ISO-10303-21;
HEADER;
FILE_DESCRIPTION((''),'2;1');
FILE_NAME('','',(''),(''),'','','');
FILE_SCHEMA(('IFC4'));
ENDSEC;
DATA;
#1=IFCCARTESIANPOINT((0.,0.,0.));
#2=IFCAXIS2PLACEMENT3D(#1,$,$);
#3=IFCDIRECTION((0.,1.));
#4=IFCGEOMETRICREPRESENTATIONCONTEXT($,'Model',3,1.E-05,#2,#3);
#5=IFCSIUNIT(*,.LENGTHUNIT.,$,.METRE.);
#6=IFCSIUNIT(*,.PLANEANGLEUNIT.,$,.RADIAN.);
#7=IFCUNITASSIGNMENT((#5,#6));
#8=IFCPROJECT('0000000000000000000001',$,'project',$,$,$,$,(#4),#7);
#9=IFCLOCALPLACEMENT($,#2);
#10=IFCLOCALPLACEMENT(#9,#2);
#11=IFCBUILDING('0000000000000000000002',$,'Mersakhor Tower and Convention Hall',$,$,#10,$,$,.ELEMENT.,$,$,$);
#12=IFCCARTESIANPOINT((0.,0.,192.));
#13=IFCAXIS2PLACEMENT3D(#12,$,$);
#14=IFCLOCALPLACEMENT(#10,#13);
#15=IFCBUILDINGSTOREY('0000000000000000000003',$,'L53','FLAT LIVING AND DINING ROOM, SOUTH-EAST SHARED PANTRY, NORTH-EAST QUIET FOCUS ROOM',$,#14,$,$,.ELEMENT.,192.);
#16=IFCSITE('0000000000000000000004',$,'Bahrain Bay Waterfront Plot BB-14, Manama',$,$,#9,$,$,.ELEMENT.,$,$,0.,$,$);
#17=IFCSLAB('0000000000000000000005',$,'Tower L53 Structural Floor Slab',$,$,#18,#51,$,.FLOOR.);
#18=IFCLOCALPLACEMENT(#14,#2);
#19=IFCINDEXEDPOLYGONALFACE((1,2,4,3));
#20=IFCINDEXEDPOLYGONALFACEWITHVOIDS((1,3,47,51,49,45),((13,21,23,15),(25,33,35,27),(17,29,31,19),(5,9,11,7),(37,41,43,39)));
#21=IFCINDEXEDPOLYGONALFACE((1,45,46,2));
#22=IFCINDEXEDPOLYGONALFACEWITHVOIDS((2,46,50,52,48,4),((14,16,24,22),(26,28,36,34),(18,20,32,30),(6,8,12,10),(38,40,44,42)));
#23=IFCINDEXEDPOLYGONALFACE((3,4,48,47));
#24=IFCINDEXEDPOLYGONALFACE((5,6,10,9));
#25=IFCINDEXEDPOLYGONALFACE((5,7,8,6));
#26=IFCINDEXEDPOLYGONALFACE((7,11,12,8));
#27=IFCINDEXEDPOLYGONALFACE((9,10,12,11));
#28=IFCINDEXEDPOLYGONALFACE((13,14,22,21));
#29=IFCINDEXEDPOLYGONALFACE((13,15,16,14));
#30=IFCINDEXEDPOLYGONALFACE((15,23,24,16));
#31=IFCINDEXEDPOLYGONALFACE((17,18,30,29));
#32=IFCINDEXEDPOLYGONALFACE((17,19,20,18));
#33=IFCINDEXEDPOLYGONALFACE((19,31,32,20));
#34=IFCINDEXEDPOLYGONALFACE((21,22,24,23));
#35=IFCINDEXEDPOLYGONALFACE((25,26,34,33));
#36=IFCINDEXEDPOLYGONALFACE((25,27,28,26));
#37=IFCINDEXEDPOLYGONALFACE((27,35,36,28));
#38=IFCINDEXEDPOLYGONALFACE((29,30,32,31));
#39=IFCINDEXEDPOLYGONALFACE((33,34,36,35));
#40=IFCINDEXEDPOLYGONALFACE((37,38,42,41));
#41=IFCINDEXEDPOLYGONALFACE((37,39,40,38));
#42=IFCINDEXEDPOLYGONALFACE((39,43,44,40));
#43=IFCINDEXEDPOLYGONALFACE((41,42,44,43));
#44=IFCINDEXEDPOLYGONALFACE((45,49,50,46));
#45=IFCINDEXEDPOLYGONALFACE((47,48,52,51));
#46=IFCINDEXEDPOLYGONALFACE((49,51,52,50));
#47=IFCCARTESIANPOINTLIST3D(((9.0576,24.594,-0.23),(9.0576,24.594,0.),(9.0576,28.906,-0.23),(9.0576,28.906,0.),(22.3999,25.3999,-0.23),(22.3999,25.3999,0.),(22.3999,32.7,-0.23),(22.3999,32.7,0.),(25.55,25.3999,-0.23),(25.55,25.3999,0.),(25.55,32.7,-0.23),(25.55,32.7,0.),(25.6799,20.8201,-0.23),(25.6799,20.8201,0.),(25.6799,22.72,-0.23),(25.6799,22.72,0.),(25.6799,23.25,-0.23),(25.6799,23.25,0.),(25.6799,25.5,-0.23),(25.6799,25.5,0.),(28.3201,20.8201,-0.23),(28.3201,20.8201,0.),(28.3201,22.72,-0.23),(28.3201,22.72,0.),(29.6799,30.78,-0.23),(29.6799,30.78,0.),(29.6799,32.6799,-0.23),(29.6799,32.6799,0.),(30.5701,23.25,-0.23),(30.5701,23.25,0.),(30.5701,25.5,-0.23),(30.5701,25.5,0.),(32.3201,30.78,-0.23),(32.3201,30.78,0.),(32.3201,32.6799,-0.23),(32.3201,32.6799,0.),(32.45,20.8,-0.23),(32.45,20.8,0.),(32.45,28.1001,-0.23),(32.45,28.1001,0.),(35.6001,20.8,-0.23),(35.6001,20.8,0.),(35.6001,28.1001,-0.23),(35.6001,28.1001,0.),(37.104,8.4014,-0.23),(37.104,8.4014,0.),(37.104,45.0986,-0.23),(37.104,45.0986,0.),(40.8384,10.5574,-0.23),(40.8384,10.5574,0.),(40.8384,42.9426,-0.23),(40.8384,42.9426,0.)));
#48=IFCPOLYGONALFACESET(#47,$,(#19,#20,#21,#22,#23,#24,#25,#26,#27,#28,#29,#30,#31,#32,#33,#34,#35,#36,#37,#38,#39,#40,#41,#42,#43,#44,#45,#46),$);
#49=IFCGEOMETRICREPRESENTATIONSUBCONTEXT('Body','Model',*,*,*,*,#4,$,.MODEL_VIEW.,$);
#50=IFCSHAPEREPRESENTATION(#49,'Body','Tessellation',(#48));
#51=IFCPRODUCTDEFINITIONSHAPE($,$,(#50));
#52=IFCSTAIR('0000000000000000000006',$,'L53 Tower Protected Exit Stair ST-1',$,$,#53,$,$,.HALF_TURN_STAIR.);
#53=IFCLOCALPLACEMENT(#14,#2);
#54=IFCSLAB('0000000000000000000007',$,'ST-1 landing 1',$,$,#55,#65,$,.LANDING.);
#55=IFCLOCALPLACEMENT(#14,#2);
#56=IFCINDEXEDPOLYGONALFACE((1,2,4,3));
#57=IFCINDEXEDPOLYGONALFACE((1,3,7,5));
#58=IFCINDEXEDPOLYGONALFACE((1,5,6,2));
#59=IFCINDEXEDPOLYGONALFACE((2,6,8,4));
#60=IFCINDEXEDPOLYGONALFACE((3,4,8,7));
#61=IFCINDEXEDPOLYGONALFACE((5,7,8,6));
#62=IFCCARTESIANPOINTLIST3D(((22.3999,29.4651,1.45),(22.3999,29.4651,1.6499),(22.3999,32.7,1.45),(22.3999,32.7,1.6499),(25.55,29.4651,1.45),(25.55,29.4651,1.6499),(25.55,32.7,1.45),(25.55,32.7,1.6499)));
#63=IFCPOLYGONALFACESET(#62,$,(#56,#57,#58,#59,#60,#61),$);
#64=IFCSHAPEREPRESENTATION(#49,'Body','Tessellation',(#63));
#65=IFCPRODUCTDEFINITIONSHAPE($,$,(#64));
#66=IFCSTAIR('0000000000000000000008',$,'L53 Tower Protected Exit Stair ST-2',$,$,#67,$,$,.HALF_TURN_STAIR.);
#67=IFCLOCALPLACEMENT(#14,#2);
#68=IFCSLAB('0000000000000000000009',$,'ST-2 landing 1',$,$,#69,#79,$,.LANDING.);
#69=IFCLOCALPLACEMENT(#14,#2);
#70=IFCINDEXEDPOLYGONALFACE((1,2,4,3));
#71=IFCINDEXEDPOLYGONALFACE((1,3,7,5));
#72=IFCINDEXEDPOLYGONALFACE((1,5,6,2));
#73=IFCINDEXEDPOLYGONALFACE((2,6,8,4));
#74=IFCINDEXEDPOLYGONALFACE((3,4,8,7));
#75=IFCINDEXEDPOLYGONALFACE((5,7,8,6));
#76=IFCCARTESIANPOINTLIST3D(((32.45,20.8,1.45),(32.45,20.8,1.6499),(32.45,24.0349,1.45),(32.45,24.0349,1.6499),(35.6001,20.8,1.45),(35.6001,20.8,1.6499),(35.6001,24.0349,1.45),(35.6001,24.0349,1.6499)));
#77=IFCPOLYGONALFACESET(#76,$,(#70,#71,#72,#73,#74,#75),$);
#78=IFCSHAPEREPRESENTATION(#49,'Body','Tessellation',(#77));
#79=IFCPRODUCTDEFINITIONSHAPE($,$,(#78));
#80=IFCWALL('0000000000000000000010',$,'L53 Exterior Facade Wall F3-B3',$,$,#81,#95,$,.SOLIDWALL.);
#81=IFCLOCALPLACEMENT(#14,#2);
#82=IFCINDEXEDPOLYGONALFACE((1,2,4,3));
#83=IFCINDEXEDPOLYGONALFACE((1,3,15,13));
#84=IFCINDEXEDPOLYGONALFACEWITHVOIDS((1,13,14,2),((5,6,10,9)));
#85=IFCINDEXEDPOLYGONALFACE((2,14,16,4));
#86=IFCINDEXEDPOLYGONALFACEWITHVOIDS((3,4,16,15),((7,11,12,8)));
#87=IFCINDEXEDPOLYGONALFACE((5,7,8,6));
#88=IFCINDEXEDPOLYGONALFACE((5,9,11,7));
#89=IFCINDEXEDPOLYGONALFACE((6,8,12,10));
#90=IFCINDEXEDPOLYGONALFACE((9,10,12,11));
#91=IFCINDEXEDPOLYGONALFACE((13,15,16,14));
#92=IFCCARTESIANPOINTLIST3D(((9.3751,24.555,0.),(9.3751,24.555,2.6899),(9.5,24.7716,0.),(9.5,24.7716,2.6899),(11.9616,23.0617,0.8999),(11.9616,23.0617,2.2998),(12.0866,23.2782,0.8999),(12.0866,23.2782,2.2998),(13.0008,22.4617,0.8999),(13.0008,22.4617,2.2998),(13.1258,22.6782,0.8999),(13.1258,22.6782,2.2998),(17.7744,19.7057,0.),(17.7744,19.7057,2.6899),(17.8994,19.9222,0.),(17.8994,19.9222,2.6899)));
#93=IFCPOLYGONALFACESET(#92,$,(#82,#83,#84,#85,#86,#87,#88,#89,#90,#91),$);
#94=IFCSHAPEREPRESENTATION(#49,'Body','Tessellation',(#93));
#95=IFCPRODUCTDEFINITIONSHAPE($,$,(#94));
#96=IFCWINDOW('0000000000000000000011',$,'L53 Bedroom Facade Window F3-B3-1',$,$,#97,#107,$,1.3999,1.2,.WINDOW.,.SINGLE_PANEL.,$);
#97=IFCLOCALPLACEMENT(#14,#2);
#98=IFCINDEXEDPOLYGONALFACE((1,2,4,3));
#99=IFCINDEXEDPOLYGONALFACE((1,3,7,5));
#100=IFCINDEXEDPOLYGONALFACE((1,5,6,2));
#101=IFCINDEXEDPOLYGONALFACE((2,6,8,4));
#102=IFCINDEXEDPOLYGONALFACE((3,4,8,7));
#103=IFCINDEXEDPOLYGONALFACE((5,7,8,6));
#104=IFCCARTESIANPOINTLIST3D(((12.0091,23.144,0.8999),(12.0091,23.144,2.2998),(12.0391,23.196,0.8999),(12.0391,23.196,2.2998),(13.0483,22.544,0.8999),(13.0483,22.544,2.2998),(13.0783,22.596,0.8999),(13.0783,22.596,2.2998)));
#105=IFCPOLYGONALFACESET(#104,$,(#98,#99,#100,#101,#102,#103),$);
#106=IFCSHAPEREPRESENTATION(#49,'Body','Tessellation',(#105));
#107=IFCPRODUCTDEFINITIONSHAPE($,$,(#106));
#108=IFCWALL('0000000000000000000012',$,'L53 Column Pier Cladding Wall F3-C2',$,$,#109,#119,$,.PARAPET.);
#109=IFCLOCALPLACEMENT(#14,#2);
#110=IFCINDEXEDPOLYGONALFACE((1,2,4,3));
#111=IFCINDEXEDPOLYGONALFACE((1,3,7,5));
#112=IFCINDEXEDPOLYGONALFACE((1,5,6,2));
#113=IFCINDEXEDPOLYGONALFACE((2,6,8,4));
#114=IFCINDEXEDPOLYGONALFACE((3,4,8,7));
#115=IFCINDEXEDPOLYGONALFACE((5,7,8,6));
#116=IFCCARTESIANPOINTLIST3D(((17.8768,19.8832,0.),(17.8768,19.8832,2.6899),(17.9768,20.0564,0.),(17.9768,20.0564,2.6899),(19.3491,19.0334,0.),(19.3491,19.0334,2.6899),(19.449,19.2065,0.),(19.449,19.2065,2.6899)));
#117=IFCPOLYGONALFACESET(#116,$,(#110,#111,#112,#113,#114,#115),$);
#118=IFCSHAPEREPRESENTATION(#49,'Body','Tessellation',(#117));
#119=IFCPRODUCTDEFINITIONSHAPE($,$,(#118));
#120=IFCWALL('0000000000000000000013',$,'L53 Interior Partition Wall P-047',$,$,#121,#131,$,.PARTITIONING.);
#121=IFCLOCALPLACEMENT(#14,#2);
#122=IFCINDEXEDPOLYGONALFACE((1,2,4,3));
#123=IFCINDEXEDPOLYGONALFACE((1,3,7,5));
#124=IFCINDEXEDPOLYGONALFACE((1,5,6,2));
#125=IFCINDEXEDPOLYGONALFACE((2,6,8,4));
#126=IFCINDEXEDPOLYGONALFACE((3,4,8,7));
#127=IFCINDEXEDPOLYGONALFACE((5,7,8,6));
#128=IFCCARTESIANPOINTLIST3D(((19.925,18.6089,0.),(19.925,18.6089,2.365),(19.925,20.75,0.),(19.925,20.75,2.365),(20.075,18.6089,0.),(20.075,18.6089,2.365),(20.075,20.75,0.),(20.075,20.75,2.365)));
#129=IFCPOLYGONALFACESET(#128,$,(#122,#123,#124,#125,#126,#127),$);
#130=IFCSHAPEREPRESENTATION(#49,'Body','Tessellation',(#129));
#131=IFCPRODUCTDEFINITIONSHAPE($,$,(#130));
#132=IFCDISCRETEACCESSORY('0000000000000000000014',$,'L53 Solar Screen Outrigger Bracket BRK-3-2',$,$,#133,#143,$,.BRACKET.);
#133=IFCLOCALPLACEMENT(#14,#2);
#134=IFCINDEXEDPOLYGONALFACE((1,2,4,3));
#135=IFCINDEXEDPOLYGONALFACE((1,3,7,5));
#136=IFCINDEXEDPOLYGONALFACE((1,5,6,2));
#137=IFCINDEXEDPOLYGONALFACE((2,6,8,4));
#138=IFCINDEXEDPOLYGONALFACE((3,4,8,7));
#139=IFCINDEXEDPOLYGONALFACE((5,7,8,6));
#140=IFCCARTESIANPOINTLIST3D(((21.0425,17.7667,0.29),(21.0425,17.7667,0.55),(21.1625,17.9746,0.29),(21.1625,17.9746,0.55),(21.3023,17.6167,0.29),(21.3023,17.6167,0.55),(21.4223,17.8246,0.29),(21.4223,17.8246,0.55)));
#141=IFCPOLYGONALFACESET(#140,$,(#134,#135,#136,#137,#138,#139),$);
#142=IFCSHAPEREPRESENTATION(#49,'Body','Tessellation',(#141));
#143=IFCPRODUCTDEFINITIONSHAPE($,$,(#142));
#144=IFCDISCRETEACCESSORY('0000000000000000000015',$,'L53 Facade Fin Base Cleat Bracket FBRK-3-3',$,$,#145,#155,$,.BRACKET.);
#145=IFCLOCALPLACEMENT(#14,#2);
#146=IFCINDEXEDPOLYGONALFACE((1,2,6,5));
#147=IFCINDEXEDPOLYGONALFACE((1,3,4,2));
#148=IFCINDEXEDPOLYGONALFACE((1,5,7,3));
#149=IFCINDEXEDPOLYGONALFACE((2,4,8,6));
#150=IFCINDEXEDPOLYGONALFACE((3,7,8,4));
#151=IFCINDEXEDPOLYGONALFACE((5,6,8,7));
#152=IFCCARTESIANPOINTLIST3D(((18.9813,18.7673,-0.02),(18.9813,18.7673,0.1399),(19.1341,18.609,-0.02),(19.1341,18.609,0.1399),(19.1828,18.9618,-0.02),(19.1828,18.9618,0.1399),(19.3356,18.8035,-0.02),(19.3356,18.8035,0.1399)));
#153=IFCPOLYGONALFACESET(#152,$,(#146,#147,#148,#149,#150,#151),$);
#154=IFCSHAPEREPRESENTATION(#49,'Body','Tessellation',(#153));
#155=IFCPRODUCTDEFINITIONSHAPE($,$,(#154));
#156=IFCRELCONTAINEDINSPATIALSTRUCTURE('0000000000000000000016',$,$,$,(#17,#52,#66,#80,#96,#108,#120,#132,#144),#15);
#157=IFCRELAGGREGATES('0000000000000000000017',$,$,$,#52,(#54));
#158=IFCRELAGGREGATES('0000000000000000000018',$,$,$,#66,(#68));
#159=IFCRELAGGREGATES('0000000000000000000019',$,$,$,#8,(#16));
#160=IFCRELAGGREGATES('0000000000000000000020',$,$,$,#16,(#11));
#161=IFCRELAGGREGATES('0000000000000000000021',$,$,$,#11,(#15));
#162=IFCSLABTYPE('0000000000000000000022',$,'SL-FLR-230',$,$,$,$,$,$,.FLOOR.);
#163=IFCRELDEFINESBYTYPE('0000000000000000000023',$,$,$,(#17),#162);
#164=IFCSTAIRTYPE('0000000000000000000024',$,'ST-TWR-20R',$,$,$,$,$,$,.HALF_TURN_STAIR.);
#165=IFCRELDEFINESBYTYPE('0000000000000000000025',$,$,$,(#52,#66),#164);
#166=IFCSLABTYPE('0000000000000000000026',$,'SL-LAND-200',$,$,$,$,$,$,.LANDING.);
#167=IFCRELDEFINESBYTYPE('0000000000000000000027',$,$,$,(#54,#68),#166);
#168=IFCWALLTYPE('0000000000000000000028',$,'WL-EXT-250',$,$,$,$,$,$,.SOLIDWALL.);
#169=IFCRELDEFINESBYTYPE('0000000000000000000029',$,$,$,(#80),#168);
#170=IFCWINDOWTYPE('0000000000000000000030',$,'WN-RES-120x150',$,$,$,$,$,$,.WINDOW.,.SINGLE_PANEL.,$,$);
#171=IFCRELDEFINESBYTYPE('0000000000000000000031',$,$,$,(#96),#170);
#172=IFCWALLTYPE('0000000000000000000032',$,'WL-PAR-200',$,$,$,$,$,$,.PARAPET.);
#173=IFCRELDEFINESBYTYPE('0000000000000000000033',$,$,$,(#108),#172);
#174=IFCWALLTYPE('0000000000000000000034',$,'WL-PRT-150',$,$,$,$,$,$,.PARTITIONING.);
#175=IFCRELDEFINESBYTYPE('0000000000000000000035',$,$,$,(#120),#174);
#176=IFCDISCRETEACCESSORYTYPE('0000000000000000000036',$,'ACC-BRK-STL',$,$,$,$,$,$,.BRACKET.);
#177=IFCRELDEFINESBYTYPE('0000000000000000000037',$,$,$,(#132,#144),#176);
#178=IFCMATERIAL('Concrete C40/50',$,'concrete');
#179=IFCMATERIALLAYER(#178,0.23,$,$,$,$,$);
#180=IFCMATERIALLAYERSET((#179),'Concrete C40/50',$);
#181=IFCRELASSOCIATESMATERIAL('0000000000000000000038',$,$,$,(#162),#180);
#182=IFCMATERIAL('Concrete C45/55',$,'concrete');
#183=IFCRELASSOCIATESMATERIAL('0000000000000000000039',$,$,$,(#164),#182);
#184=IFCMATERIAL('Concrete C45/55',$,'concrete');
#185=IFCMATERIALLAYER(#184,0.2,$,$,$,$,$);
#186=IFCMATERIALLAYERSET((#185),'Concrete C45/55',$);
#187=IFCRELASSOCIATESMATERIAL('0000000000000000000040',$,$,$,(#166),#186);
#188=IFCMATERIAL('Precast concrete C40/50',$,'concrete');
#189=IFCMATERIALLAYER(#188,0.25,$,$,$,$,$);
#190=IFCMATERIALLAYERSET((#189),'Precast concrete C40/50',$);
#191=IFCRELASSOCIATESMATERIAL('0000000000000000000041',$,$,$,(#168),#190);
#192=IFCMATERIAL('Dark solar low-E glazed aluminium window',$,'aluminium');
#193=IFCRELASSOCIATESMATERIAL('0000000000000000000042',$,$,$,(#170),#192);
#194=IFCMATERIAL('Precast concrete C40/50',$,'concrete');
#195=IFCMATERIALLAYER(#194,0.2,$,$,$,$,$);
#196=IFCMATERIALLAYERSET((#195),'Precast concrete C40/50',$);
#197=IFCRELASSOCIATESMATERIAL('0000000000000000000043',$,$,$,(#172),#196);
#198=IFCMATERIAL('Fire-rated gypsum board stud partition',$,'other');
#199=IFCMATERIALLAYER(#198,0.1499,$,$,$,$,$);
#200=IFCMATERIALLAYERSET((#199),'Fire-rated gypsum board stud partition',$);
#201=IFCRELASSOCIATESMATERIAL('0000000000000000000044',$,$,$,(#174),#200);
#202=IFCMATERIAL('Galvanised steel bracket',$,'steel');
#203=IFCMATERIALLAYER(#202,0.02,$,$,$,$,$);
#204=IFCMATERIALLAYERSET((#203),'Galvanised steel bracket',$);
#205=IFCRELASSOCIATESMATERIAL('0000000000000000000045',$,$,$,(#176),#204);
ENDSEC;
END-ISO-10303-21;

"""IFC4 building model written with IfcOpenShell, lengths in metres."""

from ifc_helpers import new_model, si_unit, direction, frame, frame_2d, origin, origin_2d, place, context, subcontext, project, spatial, polyline, rectangle, outline, extrude, material, layer, layer_set, type_object, element, fill, aggregate, save


model = new_model("IFC4")

# Units and contexts
model_context = context("Model", 3, precision=1e-05, world=origin(), true_north=direction((0.0, 1.0)))
body_context = subcontext(model_context, "Body", "Model", "MODEL_VIEW")
ifc_project = project(units=[si_unit("LENGTHUNIT", "METRE"), si_unit("PLANEANGLEUNIT", "RADIAN")], contexts=[model_context])

# Site, building, storey
site_placement = place(None, origin())
site = spatial("IfcSite", under=ifc_project, at=site_placement, Name="Bahrain Bay Waterfront Plot BB-14, Manama", CompositionType="ELEMENT", RefElevation=0.0)
building_placement = place(site_placement, origin())
building = spatial("IfcBuilding", under=site, at=building_placement, Name="Mersakhor Tower and Convention Hall", CompositionType="ELEMENT")
storey_placement = place(building_placement, frame((0.0, 0.0, 192.0)))
storey = spatial("IfcBuildingStorey", under=building, at=storey_placement, Name="L53", Description="FLAT LIVING AND DINING ROOM, SOUTH-EAST SHARED PANTRY, NORTH-EAST QUIET FOCUS ROOM", CompositionType="ELEMENT", Elevation=192.0)

# Slab
ifc_material_1 = material(Name="Concrete C40/50", Category="concrete")
ifc_layer_1 = layer(ifc_material_1, 0.23)
ifc_layer_set_1 = layer_set([ifc_layer_1], Name="Concrete C40/50")
slab_type_1 = type_object("IfcSlabType", Name="SL-FLR-230", PredefinedType="FLOOR", material=ifc_layer_set_1)
slab_1_placement = place(storey_placement, frame((0.0, 0.0, -0.23)))
element("IfcSlab", 1, at=slab_1_placement, inside=storey, type_object=slab_type_1, Name="Tower L53 Structural Floor Slab", PredefinedType="FLOOR", context=body_context, shape_type="SweptSolid", body=[
    extrude(outline(polyline([(9.0576, 28.906), (37.104, 45.0986), (40.8384, 42.9426), (40.8384, 10.5574), (37.104, 8.4014), (9.0576, 24.594), (9.0576, 28.906)]), holes=[polyline([(25.55, 25.3999), (25.55, 32.7), (22.3999, 32.7), (22.3999, 25.3999), (25.55, 25.3999)]), polyline([(32.45, 28.1001), (32.45, 20.8), (35.6001, 20.8), (35.6001, 28.1001), (32.45, 28.1001)]), polyline([(25.6799, 20.8201), (25.6799, 22.72), (28.3201, 22.72), (28.3201, 20.8201), (25.6799, 20.8201)]), polyline([(29.6799, 30.78), (29.6799, 32.6799), (32.3201, 32.6799), (32.3201, 30.78), (29.6799, 30.78)]), polyline([(25.6799, 23.25), (25.6799, 25.5), (30.5701, 25.5), (30.5701, 23.25), (25.6799, 23.25)])]), origin(), (0.0, 0.0, 1.0), 0.23),
])

# Stairs, slabs
ifc_material_2 = material(Name="Concrete C45/55", Category="concrete")
stair_type = type_object("IfcStairType", Name="ST-TWR-20R", PredefinedType="HALF_TURN_STAIR", material=ifc_material_2)
stair_1_placement = place(storey_placement, origin())
stair_1 = element("IfcStair", 2, at=stair_1_placement, inside=storey, type_object=stair_type, Name="L53 Tower Protected Exit Stair ST-1", PredefinedType="HALF_TURN_STAIR")
ifc_material_3 = material(Name="Concrete C45/55", Category="concrete")
ifc_layer_2 = layer(ifc_material_3, 0.2)
ifc_layer_set_2 = layer_set([ifc_layer_2], Name="Concrete C45/55")
slab_type_2 = type_object("IfcSlabType", Name="SL-LAND-200", PredefinedType="LANDING", material=ifc_layer_set_2)
slab_2_placement = place(storey_placement, frame((0.0, 0.0, 1.45)))
slab_2 = element("IfcSlab", 3, at=slab_2_placement, type_object=slab_type_2, Name="ST-1 landing 1", PredefinedType="LANDING", context=body_context, shape_type="SweptSolid", body=[
    extrude(outline(polyline([(25.55, 29.4651), (25.55, 32.7), (22.3999, 32.7), (22.3999, 29.4651), (25.55, 29.4651)])), origin(), (0.0, 0.0, 1.0), 0.2),
])
aggregate(stair_1, [slab_2])
stair_2_placement = place(storey_placement, origin())
stair_2 = element("IfcStair", 4, at=stair_2_placement, inside=storey, type_object=stair_type, Name="L53 Tower Protected Exit Stair ST-2", PredefinedType="HALF_TURN_STAIR")
slab_3_placement = place(storey_placement, frame((0.0, 0.0, 1.45)))
slab_3 = element("IfcSlab", 5, at=slab_3_placement, type_object=slab_type_2, Name="ST-2 landing 1", PredefinedType="LANDING", context=body_context, shape_type="SweptSolid", body=[
    extrude(outline(polyline([(32.45, 24.0349), (32.45, 20.8), (35.6001, 20.8), (35.6001, 24.0349), (32.45, 24.0349)])), origin(), (0.0, 0.0, 1.0), 0.2),
])
aggregate(stair_2, [slab_3])

# Wall, opening, window
ifc_material_4 = material(Name="Precast concrete C40/50", Category="concrete")
ifc_layer_3 = layer(ifc_material_4, 0.25)
ifc_layer_set_3 = layer_set([ifc_layer_3], Name="Precast concrete C40/50")
wall_type_1 = type_object("IfcWallType", Name="WL-EXT-250", PredefinedType="SOLIDWALL", material=ifc_layer_set_3)
wall_1_placement = place(storey_placement, frame((17.8369, 19.814, 0.0), z_axis=(0.0, 0.0, 1.0), x_axis=(-0.866027, 0.499997, 0.0)))
wall_1 = element("IfcWall", 6, at=wall_1_placement, inside=storey, type_object=wall_type_1, Name="L53 Exterior Facade Wall F3-B3", PredefinedType="SOLIDWALL", context=body_context, shape_type="SweptSolid", body=[
    extrude(rectangle(XDim=9.6987, YDim=0.25, at=frame_2d((4.8494, 0.0))), origin(), (0.0, 0.0, 1.0), 2.6899),
])
opening_placement = place(wall_1_placement, frame((5.512, 0.0, 0.8999)))
opening = element("IfcOpeningElement", 7, at=opening_placement, cuts=wall_1, PredefinedType="OPENING", context=body_context, shape_type="SweptSolid", body=[
    extrude(rectangle(XDim=1.2, YDim=1.3999, at=frame_2d((0.6001, 0.7))), frame((0.0, 0.135, 0.0), z_axis=(0.0, -1.0, 0.0), x_axis=(1.0, 0.0, 0.0)), (0.0, 0.0, 1.0), 0.27),
])
ifc_material_5 = material(Name="Dark solar low-E glazed aluminium window", Category="aluminium")
window_type = type_object("IfcWindowType", Name="WN-RES-120x150", PartitioningType="SINGLE_PANEL", PredefinedType="WINDOW", material=ifc_material_5)
window_placement = place(opening_placement, origin())
window = element("IfcWindow", 8, at=window_placement, inside=storey, type_object=window_type, Name="L53 Bedroom Facade Window F3-B3-1", OverallHeight=1.3999, OverallWidth=1.2, PartitioningType="SINGLE_PANEL", PredefinedType="WINDOW", context=body_context, shape_type="SweptSolid", body=[
    extrude(rectangle(XDim=1.2, YDim=1.3999, at=frame_2d((0.6001, 0.7))), frame((0.0, 0.03, 0.0), z_axis=(0.0, -1.0, 0.0), x_axis=(1.0, 0.0, 0.0)), (0.0, 0.0, 1.0), 0.0601),
])
fill(opening, window)

# Walls
ifc_material_6 = material(Name="Precast concrete C40/50", Category="concrete")
ifc_layer_4 = layer(ifc_material_6, 0.2)
ifc_layer_set_4 = layer_set([ifc_layer_4], Name="Precast concrete C40/50")
wall_type_2 = type_object("IfcWallType", Name="WL-PAR-200", PredefinedType="PARAPET", material=ifc_layer_set_4)
wall_2_placement = place(storey_placement, frame((19.3992, 19.1199, 0.0), z_axis=(0.0, 0.0, 1.0), x_axis=(-0.866052, 0.499955, 0.0)))
element("IfcWall", 9, at=wall_2_placement, inside=storey, type_object=wall_type_2, Name="L53 Column Pier Cladding Wall F3-C2", PredefinedType="PARAPET", context=body_context, shape_type="SweptSolid", body=[
    extrude(rectangle(XDim=1.7, YDim=0.2, at=frame_2d((0.8501, 0.0))), origin(), (0.0, 0.0, 1.0), 2.6899),
])
ifc_material_7 = material(Name="Fire-rated gypsum board stud partition", Category="other")
ifc_layer_5 = layer(ifc_material_7, 0.1499)
ifc_layer_set_5 = layer_set([ifc_layer_5], Name="Fire-rated gypsum board stud partition")
wall_type_3 = type_object("IfcWallType", Name="WL-PRT-150", PredefinedType="PARTITIONING", material=ifc_layer_set_5)
wall_3_placement = place(storey_placement, frame((20.0, 18.6089, 0.0), z_axis=(0.0, 0.0, 1.0), x_axis=(0.0, 1.0, 0.0)))
element("IfcWall", 10, at=wall_3_placement, inside=storey, type_object=wall_type_3, Name="L53 Interior Partition Wall P-047", PredefinedType="PARTITIONING", context=body_context, shape_type="SweptSolid", body=[
    extrude(rectangle(XDim=2.1411, YDim=0.1499, at=frame_2d((1.0706, 0.0))), origin(), (0.0, 0.0, 1.0), 2.365),
])

# Discrete accessories
ifc_material_8 = material(Name="Galvanised steel bracket", Category="steel")
ifc_layer_6 = layer(ifc_material_8, 0.02)
ifc_layer_set_6 = layer_set([ifc_layer_6], Name="Galvanised steel bracket")
discrete_accessory_type = type_object("IfcDiscreteAccessoryType", Name="ACC-BRK-STL", PredefinedType="BRACKET", material=ifc_layer_set_6)
discrete_accessory_1_placement = place(storey_placement, frame((21.2324, 17.7957, 0.29), z_axis=(0.0, 0.0, 1.0), x_axis=(-0.866025, 0.5, 0.0)))
element("IfcDiscreteAccessory", 11, at=discrete_accessory_1_placement, inside=storey, type_object=discrete_accessory_type, Name="L53 Solar Screen Outrigger Bracket BRK-3-2", PredefinedType="BRACKET", context=body_context, shape_type="SweptSolid", body=[
    extrude(rectangle(XDim=0.3, YDim=0.24, at=origin_2d()), origin(), (0.0, 0.0, 1.0), 0.26),
])
discrete_accessory_2_placement = place(storey_placement, frame((19.1584, 18.7854, -0.02), z_axis=(0.0, 0.0, 1.0), x_axis=(-0.71934, -0.694658, 0.0)))
element("IfcDiscreteAccessory", 12, at=discrete_accessory_2_placement, inside=storey, type_object=discrete_accessory_type, Name="L53 Facade Fin Base Cleat Bracket FBRK-3-3", PredefinedType="BRACKET", context=body_context, shape_type="SweptSolid", body=[
    extrude(rectangle(XDim=0.28, YDim=0.22, at=origin_2d()), origin(), (0.0, 0.0, 1.0), 0.1599),
])

save(model, "model.ifc")
